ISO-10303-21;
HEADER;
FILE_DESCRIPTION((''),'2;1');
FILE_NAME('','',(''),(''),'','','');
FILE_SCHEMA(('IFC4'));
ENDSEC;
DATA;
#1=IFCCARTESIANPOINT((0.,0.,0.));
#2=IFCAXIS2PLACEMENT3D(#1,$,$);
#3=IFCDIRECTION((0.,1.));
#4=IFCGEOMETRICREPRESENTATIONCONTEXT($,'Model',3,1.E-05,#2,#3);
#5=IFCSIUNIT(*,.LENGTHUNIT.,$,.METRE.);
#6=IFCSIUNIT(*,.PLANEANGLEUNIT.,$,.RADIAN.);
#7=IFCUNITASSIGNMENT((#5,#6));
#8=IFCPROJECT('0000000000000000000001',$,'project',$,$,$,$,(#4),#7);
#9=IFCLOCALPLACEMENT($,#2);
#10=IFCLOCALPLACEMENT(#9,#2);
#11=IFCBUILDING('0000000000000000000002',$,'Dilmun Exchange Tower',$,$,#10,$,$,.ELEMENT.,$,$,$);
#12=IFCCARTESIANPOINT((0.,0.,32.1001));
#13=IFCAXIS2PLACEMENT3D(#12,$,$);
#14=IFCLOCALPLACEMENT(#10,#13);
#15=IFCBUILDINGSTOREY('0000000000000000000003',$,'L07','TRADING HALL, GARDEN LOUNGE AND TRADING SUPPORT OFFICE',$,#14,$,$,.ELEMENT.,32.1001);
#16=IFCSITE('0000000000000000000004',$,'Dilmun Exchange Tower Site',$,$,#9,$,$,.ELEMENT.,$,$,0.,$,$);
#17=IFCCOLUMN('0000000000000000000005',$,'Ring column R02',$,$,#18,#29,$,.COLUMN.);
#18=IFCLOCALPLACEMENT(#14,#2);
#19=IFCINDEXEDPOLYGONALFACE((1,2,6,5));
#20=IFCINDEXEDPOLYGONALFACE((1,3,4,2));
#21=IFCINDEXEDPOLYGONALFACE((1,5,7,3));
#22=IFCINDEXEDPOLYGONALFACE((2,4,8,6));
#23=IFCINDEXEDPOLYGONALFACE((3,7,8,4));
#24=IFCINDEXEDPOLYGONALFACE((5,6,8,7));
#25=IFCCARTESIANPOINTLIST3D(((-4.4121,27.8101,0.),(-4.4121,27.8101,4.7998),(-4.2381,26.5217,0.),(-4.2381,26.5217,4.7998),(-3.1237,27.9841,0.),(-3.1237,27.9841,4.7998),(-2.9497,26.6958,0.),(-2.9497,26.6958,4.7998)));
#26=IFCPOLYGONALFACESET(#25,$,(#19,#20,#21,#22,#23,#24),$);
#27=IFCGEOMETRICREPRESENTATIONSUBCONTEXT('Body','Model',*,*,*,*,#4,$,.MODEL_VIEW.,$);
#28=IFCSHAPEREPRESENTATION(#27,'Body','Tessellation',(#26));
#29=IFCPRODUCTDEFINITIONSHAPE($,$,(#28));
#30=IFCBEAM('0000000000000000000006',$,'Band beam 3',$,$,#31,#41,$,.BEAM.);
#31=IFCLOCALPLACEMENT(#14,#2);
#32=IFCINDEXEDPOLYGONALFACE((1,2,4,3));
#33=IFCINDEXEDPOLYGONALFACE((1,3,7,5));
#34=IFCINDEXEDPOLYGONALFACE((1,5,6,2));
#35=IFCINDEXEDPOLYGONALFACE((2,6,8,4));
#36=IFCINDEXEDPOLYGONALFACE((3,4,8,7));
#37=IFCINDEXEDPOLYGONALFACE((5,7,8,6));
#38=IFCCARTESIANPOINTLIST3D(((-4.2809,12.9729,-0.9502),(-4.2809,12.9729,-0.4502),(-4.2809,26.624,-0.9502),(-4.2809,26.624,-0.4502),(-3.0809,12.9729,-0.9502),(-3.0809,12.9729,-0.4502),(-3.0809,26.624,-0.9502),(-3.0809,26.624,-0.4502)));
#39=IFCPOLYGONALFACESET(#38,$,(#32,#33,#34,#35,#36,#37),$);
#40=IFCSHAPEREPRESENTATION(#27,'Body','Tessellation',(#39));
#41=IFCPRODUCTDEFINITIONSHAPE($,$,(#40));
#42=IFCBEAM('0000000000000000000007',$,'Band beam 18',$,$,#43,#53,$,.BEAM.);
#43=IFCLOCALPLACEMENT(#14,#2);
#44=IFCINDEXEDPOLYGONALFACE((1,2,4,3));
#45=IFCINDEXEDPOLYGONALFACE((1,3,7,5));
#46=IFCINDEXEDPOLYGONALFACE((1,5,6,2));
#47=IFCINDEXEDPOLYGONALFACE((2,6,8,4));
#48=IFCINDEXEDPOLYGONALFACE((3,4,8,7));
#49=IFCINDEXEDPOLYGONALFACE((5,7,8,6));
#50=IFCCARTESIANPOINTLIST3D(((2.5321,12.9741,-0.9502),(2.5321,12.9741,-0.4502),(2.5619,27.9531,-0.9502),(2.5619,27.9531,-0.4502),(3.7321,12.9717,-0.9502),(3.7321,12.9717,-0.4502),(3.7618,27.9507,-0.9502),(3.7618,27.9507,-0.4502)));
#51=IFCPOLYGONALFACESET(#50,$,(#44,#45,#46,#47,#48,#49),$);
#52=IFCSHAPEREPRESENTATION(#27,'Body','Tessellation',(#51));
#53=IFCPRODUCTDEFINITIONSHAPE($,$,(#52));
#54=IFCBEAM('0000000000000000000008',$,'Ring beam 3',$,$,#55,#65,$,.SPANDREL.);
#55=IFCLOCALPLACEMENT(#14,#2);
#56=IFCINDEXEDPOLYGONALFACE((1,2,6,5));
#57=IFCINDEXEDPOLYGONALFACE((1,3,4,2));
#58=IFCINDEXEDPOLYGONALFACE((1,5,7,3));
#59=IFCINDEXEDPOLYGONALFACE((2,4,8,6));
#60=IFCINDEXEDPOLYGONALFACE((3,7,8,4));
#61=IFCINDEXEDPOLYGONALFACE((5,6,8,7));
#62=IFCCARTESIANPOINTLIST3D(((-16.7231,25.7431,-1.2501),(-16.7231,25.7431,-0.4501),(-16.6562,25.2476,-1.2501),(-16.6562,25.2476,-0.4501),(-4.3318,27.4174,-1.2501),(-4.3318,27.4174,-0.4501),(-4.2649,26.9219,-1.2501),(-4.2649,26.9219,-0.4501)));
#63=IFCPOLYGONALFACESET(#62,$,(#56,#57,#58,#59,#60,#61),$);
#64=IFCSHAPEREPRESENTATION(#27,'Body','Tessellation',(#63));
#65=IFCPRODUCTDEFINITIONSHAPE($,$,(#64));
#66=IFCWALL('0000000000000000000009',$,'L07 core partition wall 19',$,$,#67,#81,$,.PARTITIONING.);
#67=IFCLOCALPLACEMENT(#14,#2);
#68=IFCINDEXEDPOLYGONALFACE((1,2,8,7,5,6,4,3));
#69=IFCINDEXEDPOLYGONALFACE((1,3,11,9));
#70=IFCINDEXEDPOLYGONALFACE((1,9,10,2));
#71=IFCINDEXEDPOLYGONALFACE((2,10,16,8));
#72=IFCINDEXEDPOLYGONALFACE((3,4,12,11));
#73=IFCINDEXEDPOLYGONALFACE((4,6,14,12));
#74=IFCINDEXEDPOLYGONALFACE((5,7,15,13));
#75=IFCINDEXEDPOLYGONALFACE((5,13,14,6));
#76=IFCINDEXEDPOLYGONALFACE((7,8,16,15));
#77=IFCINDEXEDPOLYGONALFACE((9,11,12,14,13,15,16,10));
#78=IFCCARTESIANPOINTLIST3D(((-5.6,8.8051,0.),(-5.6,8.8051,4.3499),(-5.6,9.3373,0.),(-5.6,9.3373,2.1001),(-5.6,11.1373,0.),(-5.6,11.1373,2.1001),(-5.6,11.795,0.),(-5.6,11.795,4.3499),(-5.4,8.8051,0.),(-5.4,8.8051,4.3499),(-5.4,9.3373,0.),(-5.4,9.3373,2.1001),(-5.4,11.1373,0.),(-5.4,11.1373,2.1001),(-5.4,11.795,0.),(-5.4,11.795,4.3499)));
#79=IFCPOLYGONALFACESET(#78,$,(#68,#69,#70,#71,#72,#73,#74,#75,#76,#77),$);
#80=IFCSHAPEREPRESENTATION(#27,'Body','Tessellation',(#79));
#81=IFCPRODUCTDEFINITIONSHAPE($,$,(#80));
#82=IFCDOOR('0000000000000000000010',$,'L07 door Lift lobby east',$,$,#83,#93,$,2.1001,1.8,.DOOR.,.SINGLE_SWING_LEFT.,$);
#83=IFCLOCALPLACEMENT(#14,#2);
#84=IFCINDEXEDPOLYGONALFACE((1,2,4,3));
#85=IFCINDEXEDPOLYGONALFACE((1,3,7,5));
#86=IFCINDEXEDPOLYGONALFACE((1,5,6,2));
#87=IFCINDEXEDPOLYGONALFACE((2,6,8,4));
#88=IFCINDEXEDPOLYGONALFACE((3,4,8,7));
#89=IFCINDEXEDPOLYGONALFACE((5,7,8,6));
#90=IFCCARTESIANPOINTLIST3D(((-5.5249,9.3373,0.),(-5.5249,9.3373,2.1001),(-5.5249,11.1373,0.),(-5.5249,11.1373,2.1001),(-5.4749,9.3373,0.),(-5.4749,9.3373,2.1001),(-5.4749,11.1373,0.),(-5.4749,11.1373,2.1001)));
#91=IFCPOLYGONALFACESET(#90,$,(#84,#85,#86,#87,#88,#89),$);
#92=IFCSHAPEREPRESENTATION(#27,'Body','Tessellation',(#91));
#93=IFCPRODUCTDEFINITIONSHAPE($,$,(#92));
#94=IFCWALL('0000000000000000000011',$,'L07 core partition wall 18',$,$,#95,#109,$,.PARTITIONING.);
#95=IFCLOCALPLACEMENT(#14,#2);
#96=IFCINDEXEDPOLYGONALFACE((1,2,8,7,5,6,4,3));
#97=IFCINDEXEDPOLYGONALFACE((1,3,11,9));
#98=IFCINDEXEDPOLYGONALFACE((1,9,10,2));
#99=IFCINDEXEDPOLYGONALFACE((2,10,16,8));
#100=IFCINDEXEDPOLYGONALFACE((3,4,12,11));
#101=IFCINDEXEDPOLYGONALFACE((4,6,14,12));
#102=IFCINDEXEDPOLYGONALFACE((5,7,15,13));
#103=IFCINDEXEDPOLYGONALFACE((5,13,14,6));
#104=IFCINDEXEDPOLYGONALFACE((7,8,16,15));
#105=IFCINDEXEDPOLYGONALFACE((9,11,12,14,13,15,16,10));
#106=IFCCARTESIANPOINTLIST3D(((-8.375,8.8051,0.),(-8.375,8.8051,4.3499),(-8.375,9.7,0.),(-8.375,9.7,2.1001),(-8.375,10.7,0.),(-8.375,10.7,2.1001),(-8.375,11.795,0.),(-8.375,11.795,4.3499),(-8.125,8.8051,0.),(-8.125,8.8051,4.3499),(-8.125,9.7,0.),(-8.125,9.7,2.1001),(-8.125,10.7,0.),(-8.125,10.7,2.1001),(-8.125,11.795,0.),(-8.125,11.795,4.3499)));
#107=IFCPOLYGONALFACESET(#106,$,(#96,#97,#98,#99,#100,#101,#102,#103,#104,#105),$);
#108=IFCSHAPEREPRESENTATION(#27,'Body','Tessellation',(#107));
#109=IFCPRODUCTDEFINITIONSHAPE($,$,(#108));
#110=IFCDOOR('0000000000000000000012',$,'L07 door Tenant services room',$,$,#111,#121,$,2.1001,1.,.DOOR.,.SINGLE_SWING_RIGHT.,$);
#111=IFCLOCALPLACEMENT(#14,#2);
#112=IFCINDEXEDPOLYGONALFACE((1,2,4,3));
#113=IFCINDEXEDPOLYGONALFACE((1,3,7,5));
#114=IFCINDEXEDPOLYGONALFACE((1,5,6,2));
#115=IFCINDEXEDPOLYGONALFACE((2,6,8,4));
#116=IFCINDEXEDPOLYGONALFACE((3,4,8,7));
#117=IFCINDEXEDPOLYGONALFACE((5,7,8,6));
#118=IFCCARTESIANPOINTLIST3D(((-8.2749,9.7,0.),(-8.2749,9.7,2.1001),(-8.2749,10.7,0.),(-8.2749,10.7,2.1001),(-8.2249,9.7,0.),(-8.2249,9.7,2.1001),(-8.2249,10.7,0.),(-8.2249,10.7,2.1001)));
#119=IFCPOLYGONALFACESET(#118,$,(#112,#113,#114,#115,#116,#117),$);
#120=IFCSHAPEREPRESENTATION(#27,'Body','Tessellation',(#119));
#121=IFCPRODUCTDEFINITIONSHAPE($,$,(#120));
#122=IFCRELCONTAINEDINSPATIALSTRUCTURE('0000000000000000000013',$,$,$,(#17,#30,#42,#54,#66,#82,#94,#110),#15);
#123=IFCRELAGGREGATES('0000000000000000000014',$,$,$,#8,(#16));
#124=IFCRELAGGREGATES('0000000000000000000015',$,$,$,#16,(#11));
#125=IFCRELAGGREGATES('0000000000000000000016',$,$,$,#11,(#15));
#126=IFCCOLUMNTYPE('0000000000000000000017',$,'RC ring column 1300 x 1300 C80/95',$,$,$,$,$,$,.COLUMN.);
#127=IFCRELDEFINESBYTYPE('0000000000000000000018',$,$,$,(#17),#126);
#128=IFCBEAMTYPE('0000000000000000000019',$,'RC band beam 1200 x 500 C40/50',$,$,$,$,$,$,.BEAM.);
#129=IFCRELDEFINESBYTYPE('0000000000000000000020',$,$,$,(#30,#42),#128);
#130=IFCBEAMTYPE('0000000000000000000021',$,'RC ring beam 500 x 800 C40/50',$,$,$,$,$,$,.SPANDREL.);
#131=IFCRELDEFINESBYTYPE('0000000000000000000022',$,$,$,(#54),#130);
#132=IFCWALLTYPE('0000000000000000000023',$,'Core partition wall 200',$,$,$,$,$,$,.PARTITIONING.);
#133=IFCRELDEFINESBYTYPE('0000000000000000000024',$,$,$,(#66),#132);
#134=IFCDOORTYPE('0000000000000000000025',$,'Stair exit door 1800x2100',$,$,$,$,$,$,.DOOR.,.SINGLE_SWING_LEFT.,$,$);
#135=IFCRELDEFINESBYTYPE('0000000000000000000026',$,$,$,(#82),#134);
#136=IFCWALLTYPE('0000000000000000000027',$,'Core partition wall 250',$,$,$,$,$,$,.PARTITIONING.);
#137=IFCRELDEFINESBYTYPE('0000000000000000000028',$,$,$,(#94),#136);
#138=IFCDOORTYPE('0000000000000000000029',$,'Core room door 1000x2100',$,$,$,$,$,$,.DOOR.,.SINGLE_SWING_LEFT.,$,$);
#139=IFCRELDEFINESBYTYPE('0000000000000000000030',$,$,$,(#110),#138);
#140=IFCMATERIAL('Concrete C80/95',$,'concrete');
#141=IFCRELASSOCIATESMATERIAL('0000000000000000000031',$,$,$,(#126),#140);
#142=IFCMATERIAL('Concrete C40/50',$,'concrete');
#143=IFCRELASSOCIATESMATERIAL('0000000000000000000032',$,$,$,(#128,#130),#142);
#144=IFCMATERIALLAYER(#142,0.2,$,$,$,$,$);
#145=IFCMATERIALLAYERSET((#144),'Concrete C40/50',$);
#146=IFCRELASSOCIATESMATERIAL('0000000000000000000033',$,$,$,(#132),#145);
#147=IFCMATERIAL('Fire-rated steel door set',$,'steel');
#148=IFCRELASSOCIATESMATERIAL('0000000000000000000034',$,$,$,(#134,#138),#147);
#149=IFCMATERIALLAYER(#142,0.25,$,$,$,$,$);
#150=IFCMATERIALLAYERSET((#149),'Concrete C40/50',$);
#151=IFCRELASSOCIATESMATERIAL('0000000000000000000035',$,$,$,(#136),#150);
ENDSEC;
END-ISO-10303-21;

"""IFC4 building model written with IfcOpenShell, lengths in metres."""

from ifc_helpers import new_model, si_unit, direction, frame, frame_2d, origin, origin_2d, place, context, subcontext, project, spatial, rectangle, extrude, material, layer, layer_set, material_profile, profile_set, type_object, element, fill, save


model = new_model("IFC4")

# Units and contexts
model_context = context("Model", 3, precision=1e-05, world=origin(), true_north=direction((0.0, 1.0)))
body_context = subcontext(model_context, "Body", "Model", "MODEL_VIEW")
ifc_project = project(units=[si_unit("LENGTHUNIT", "METRE"), si_unit("PLANEANGLEUNIT", "RADIAN")], contexts=[model_context])

# Site, building, storey
site_placement = place(None, origin())
site = spatial("IfcSite", under=ifc_project, at=site_placement, Name="Dilmun Exchange Tower Site", CompositionType="ELEMENT", RefElevation=0.0)
building_placement = place(site_placement, origin())
building = spatial("IfcBuilding", under=site, at=building_placement, Name="Dilmun Exchange Tower", CompositionType="ELEMENT")
storey_placement = place(building_placement, frame((0.0, 0.0, 32.1001)))
storey = spatial("IfcBuildingStorey", under=building, at=storey_placement, Name="L07", Description="TRADING HALL, GARDEN LOUNGE AND TRADING SUPPORT OFFICE", CompositionType="ELEMENT", Elevation=32.1001)

# Column
ifc_material_1 = material(Name="Concrete C80/95", Category="concrete")
ifc_material_profile_1 = material_profile(ifc_material_1, rectangle(XDim=1.3, YDim=1.3, at=origin_2d()), Name="1300 x 1300")
ifc_profile_set_1 = profile_set([ifc_material_profile_1], Name="Concrete C80/95")
column_type = type_object("IfcColumnType", Name="RC ring column 1300 x 1300 C80/95", PredefinedType="COLUMN", material=ifc_profile_set_1)
column_placement = place(storey_placement, frame((-3.6809, 27.2529, 0.0), z_axis=(0.0, 0.0, 1.0), x_axis=(0.991001, 0.133853, 0.0)))
element("IfcColumn", 1, at=column_placement, inside=storey, type_object=column_type, Name="Ring column R02", PredefinedType="COLUMN", context=body_context, shape_type="SweptSolid", body=[
    extrude(rectangle(XDim=1.3, YDim=1.3, at=origin_2d()), origin(), (0.0, 0.0, 1.0), 4.7998),
])

# Beams
ifc_material_2 = material(Name="Concrete C40/50", Category="concrete")
ifc_material_profile_2 = material_profile(ifc_material_2, rectangle(XDim=1.2, YDim=0.5, at=origin_2d()), Name="1200 x 500")
ifc_profile_set_2 = profile_set([ifc_material_profile_2], Name="Concrete C40/50")
beam_type_1 = type_object("IfcBeamType", Name="RC band beam 1200 x 500 C40/50", PredefinedType="BEAM", material=ifc_profile_set_2)
beam_1_placement = place(storey_placement, frame((-3.6809, 26.624, -0.7002), z_axis=(0.0, -1.0, 0.0), x_axis=(1.0, 0.0, 0.0)))
element("IfcBeam", 2, at=beam_1_placement, inside=storey, type_object=beam_type_1, Name="Band beam 3", PredefinedType="BEAM", context=body_context, shape_type="SweptSolid", body=[
    extrude(rectangle(XDim=1.2, YDim=0.5, at=origin_2d()), origin(), (0.0, 0.0, 1.0), 13.6511),
])
beam_2_placement = place(storey_placement, frame((3.1619, 27.9519, -0.7002), z_axis=(-0.001988, -0.999998, 0.0), x_axis=(0.999998, -0.001988, 0.0)))
element("IfcBeam", 3, at=beam_2_placement, inside=storey, type_object=beam_type_1, Name="Band beam 18", PredefinedType="BEAM", context=body_context, shape_type="SweptSolid", body=[
    extrude(rectangle(XDim=1.2, YDim=0.5, at=origin_2d()), origin(), (0.0, 0.0, 1.0), 14.979),
])
ifc_material_profile_3 = material_profile(ifc_material_2, rectangle(XDim=0.5, YDim=0.8, at=origin_2d()), Name="500 x 800")
ifc_profile_set_3 = profile_set([ifc_material_profile_3], Name="Concrete C40/50")
beam_type_2 = type_object("IfcBeamType", Name="RC ring beam 500 x 800 C40/50", PredefinedType="SPANDREL", material=ifc_profile_set_3)
beam_3_placement = place(storey_placement, frame((-4.2983, 27.1697, -0.8501), z_axis=(-0.990994, -0.133903, 0.0), x_axis=(0.133903, -0.990994, 0.0)))
element("IfcBeam", 4, at=beam_3_placement, inside=storey, type_object=beam_type_2, Name="Ring beam 3", PredefinedType="SPANDREL", context=body_context, shape_type="SweptSolid", body=[
    extrude(rectangle(XDim=0.5, YDim=0.8, at=origin_2d()), origin(), (0.0, 0.0, 1.0), 12.5039),
])

# Walls, openings, doors
ifc_layer_1 = layer(ifc_material_2, 0.2)
ifc_layer_set_1 = layer_set([ifc_layer_1], Name="Concrete C40/50")
wall_type_1 = type_object("IfcWallType", Name="Core partition wall 200", PredefinedType="PARTITIONING", material=ifc_layer_set_1)
wall_1_placement = place(storey_placement, frame((-5.5, 8.8049, 0.0), z_axis=(0.0, 0.0, 1.0), x_axis=(0.0, 1.0, 0.0)))
wall_1 = element("IfcWall", 5, at=wall_1_placement, inside=storey, type_object=wall_type_1, Name="L07 core partition wall 19", PredefinedType="PARTITIONING", context=body_context, shape_type="SweptSolid", body=[
    extrude(rectangle(XDim=2.99, YDim=0.2, at=frame_2d((1.4951, 0.0))), origin(), (0.0, 0.0, 1.0), 4.3499),
])
opening_1_placement = place(wall_1_placement, frame((0.5325, 0.0, 0.0)))
opening_1 = element("IfcOpeningElement", 6, at=opening_1_placement, cuts=wall_1, PredefinedType="OPENING", context=body_context, shape_type="SweptSolid", body=[
    extrude(rectangle(XDim=1.8, YDim=2.1001, at=frame_2d((0.8999, 1.05))), frame((0.0, 0.1099, 0.0), z_axis=(0.0, -1.0, 0.0), x_axis=(1.0, 0.0, 0.0)), (0.0, 0.0, 1.0), 0.22),
])
ifc_material_3 = material(Name="Fire-rated steel door set", Category="steel")
door_type_1 = type_object("IfcDoorType", Name="Stair exit door 1800x2100", OperationType="SINGLE_SWING_LEFT", PredefinedType="DOOR", material=ifc_material_3)
door_1_placement = place(opening_1_placement, origin())
door_1 = element("IfcDoor", 7, at=door_1_placement, inside=storey, type_object=door_type_1, Name="L07 door Lift lobby east", OperationType="SINGLE_SWING_LEFT", OverallHeight=2.1001, OverallWidth=1.8, PredefinedType="DOOR", context=body_context, shape_type="SweptSolid", body=[
    extrude(rectangle(XDim=1.8, YDim=2.1001, at=frame_2d((0.8999, 1.05))), frame((0.0, 0.0249, 0.0), z_axis=(0.0, -1.0, 0.0), x_axis=(1.0, 0.0, 0.0)), (0.0, 0.0, 1.0), 0.05),
])
fill(opening_1, door_1)
ifc_layer_2 = layer(ifc_material_2, 0.25)
ifc_layer_set_2 = layer_set([ifc_layer_2], Name="Concrete C40/50")
wall_type_2 = type_object("IfcWallType", Name="Core partition wall 250", PredefinedType="PARTITIONING", material=ifc_layer_set_2)
wall_2_placement = place(storey_placement, frame((-8.25, 8.8049, 0.0), z_axis=(0.0, 0.0, 1.0), x_axis=(0.0, 1.0, 0.0)))
wall_2 = element("IfcWall", 8, at=wall_2_placement, inside=storey, type_object=wall_type_2, Name="L07 core partition wall 18", PredefinedType="PARTITIONING", context=body_context, shape_type="SweptSolid", body=[
    extrude(rectangle(XDim=2.99, YDim=0.25, at=frame_2d((1.4951, 0.0))), origin(), (0.0, 0.0, 1.0), 4.3499),
])
opening_2_placement = place(wall_2_placement, frame((0.895, 0.0, 0.0)))
opening_2 = element("IfcOpeningElement", 9, at=opening_2_placement, cuts=wall_2, PredefinedType="OPENING", context=body_context, shape_type="SweptSolid", body=[
    extrude(rectangle(XDim=1.0, YDim=2.1001, at=frame_2d((0.5, 1.05))), frame((0.0, 0.135, 0.0), z_axis=(0.0, -1.0, 0.0), x_axis=(1.0, 0.0, 0.0)), (0.0, 0.0, 1.0), 0.27),
])
door_type_2 = type_object("IfcDoorType", Name="Core room door 1000x2100", OperationType="SINGLE_SWING_LEFT", PredefinedType="DOOR", material=ifc_material_3)
door_2_placement = place(opening_2_placement, origin())
door_2 = element("IfcDoor", 10, at=door_2_placement, inside=storey, type_object=door_type_2, Name="L07 door Tenant services room", OperationType="SINGLE_SWING_RIGHT", OverallHeight=2.1001, OverallWidth=1.0, PredefinedType="DOOR", context=body_context, shape_type="SweptSolid", body=[
    extrude(rectangle(XDim=1.0, YDim=2.1001, at=frame_2d((0.5, 1.05))), frame((0.0, 0.0249, 0.0), z_axis=(0.0, -1.0, 0.0), x_axis=(1.0, 0.0, 0.0)), (0.0, 0.0, 1.0), 0.05),
])
fill(opening_2, door_2)

save(model, "model.ifc")
